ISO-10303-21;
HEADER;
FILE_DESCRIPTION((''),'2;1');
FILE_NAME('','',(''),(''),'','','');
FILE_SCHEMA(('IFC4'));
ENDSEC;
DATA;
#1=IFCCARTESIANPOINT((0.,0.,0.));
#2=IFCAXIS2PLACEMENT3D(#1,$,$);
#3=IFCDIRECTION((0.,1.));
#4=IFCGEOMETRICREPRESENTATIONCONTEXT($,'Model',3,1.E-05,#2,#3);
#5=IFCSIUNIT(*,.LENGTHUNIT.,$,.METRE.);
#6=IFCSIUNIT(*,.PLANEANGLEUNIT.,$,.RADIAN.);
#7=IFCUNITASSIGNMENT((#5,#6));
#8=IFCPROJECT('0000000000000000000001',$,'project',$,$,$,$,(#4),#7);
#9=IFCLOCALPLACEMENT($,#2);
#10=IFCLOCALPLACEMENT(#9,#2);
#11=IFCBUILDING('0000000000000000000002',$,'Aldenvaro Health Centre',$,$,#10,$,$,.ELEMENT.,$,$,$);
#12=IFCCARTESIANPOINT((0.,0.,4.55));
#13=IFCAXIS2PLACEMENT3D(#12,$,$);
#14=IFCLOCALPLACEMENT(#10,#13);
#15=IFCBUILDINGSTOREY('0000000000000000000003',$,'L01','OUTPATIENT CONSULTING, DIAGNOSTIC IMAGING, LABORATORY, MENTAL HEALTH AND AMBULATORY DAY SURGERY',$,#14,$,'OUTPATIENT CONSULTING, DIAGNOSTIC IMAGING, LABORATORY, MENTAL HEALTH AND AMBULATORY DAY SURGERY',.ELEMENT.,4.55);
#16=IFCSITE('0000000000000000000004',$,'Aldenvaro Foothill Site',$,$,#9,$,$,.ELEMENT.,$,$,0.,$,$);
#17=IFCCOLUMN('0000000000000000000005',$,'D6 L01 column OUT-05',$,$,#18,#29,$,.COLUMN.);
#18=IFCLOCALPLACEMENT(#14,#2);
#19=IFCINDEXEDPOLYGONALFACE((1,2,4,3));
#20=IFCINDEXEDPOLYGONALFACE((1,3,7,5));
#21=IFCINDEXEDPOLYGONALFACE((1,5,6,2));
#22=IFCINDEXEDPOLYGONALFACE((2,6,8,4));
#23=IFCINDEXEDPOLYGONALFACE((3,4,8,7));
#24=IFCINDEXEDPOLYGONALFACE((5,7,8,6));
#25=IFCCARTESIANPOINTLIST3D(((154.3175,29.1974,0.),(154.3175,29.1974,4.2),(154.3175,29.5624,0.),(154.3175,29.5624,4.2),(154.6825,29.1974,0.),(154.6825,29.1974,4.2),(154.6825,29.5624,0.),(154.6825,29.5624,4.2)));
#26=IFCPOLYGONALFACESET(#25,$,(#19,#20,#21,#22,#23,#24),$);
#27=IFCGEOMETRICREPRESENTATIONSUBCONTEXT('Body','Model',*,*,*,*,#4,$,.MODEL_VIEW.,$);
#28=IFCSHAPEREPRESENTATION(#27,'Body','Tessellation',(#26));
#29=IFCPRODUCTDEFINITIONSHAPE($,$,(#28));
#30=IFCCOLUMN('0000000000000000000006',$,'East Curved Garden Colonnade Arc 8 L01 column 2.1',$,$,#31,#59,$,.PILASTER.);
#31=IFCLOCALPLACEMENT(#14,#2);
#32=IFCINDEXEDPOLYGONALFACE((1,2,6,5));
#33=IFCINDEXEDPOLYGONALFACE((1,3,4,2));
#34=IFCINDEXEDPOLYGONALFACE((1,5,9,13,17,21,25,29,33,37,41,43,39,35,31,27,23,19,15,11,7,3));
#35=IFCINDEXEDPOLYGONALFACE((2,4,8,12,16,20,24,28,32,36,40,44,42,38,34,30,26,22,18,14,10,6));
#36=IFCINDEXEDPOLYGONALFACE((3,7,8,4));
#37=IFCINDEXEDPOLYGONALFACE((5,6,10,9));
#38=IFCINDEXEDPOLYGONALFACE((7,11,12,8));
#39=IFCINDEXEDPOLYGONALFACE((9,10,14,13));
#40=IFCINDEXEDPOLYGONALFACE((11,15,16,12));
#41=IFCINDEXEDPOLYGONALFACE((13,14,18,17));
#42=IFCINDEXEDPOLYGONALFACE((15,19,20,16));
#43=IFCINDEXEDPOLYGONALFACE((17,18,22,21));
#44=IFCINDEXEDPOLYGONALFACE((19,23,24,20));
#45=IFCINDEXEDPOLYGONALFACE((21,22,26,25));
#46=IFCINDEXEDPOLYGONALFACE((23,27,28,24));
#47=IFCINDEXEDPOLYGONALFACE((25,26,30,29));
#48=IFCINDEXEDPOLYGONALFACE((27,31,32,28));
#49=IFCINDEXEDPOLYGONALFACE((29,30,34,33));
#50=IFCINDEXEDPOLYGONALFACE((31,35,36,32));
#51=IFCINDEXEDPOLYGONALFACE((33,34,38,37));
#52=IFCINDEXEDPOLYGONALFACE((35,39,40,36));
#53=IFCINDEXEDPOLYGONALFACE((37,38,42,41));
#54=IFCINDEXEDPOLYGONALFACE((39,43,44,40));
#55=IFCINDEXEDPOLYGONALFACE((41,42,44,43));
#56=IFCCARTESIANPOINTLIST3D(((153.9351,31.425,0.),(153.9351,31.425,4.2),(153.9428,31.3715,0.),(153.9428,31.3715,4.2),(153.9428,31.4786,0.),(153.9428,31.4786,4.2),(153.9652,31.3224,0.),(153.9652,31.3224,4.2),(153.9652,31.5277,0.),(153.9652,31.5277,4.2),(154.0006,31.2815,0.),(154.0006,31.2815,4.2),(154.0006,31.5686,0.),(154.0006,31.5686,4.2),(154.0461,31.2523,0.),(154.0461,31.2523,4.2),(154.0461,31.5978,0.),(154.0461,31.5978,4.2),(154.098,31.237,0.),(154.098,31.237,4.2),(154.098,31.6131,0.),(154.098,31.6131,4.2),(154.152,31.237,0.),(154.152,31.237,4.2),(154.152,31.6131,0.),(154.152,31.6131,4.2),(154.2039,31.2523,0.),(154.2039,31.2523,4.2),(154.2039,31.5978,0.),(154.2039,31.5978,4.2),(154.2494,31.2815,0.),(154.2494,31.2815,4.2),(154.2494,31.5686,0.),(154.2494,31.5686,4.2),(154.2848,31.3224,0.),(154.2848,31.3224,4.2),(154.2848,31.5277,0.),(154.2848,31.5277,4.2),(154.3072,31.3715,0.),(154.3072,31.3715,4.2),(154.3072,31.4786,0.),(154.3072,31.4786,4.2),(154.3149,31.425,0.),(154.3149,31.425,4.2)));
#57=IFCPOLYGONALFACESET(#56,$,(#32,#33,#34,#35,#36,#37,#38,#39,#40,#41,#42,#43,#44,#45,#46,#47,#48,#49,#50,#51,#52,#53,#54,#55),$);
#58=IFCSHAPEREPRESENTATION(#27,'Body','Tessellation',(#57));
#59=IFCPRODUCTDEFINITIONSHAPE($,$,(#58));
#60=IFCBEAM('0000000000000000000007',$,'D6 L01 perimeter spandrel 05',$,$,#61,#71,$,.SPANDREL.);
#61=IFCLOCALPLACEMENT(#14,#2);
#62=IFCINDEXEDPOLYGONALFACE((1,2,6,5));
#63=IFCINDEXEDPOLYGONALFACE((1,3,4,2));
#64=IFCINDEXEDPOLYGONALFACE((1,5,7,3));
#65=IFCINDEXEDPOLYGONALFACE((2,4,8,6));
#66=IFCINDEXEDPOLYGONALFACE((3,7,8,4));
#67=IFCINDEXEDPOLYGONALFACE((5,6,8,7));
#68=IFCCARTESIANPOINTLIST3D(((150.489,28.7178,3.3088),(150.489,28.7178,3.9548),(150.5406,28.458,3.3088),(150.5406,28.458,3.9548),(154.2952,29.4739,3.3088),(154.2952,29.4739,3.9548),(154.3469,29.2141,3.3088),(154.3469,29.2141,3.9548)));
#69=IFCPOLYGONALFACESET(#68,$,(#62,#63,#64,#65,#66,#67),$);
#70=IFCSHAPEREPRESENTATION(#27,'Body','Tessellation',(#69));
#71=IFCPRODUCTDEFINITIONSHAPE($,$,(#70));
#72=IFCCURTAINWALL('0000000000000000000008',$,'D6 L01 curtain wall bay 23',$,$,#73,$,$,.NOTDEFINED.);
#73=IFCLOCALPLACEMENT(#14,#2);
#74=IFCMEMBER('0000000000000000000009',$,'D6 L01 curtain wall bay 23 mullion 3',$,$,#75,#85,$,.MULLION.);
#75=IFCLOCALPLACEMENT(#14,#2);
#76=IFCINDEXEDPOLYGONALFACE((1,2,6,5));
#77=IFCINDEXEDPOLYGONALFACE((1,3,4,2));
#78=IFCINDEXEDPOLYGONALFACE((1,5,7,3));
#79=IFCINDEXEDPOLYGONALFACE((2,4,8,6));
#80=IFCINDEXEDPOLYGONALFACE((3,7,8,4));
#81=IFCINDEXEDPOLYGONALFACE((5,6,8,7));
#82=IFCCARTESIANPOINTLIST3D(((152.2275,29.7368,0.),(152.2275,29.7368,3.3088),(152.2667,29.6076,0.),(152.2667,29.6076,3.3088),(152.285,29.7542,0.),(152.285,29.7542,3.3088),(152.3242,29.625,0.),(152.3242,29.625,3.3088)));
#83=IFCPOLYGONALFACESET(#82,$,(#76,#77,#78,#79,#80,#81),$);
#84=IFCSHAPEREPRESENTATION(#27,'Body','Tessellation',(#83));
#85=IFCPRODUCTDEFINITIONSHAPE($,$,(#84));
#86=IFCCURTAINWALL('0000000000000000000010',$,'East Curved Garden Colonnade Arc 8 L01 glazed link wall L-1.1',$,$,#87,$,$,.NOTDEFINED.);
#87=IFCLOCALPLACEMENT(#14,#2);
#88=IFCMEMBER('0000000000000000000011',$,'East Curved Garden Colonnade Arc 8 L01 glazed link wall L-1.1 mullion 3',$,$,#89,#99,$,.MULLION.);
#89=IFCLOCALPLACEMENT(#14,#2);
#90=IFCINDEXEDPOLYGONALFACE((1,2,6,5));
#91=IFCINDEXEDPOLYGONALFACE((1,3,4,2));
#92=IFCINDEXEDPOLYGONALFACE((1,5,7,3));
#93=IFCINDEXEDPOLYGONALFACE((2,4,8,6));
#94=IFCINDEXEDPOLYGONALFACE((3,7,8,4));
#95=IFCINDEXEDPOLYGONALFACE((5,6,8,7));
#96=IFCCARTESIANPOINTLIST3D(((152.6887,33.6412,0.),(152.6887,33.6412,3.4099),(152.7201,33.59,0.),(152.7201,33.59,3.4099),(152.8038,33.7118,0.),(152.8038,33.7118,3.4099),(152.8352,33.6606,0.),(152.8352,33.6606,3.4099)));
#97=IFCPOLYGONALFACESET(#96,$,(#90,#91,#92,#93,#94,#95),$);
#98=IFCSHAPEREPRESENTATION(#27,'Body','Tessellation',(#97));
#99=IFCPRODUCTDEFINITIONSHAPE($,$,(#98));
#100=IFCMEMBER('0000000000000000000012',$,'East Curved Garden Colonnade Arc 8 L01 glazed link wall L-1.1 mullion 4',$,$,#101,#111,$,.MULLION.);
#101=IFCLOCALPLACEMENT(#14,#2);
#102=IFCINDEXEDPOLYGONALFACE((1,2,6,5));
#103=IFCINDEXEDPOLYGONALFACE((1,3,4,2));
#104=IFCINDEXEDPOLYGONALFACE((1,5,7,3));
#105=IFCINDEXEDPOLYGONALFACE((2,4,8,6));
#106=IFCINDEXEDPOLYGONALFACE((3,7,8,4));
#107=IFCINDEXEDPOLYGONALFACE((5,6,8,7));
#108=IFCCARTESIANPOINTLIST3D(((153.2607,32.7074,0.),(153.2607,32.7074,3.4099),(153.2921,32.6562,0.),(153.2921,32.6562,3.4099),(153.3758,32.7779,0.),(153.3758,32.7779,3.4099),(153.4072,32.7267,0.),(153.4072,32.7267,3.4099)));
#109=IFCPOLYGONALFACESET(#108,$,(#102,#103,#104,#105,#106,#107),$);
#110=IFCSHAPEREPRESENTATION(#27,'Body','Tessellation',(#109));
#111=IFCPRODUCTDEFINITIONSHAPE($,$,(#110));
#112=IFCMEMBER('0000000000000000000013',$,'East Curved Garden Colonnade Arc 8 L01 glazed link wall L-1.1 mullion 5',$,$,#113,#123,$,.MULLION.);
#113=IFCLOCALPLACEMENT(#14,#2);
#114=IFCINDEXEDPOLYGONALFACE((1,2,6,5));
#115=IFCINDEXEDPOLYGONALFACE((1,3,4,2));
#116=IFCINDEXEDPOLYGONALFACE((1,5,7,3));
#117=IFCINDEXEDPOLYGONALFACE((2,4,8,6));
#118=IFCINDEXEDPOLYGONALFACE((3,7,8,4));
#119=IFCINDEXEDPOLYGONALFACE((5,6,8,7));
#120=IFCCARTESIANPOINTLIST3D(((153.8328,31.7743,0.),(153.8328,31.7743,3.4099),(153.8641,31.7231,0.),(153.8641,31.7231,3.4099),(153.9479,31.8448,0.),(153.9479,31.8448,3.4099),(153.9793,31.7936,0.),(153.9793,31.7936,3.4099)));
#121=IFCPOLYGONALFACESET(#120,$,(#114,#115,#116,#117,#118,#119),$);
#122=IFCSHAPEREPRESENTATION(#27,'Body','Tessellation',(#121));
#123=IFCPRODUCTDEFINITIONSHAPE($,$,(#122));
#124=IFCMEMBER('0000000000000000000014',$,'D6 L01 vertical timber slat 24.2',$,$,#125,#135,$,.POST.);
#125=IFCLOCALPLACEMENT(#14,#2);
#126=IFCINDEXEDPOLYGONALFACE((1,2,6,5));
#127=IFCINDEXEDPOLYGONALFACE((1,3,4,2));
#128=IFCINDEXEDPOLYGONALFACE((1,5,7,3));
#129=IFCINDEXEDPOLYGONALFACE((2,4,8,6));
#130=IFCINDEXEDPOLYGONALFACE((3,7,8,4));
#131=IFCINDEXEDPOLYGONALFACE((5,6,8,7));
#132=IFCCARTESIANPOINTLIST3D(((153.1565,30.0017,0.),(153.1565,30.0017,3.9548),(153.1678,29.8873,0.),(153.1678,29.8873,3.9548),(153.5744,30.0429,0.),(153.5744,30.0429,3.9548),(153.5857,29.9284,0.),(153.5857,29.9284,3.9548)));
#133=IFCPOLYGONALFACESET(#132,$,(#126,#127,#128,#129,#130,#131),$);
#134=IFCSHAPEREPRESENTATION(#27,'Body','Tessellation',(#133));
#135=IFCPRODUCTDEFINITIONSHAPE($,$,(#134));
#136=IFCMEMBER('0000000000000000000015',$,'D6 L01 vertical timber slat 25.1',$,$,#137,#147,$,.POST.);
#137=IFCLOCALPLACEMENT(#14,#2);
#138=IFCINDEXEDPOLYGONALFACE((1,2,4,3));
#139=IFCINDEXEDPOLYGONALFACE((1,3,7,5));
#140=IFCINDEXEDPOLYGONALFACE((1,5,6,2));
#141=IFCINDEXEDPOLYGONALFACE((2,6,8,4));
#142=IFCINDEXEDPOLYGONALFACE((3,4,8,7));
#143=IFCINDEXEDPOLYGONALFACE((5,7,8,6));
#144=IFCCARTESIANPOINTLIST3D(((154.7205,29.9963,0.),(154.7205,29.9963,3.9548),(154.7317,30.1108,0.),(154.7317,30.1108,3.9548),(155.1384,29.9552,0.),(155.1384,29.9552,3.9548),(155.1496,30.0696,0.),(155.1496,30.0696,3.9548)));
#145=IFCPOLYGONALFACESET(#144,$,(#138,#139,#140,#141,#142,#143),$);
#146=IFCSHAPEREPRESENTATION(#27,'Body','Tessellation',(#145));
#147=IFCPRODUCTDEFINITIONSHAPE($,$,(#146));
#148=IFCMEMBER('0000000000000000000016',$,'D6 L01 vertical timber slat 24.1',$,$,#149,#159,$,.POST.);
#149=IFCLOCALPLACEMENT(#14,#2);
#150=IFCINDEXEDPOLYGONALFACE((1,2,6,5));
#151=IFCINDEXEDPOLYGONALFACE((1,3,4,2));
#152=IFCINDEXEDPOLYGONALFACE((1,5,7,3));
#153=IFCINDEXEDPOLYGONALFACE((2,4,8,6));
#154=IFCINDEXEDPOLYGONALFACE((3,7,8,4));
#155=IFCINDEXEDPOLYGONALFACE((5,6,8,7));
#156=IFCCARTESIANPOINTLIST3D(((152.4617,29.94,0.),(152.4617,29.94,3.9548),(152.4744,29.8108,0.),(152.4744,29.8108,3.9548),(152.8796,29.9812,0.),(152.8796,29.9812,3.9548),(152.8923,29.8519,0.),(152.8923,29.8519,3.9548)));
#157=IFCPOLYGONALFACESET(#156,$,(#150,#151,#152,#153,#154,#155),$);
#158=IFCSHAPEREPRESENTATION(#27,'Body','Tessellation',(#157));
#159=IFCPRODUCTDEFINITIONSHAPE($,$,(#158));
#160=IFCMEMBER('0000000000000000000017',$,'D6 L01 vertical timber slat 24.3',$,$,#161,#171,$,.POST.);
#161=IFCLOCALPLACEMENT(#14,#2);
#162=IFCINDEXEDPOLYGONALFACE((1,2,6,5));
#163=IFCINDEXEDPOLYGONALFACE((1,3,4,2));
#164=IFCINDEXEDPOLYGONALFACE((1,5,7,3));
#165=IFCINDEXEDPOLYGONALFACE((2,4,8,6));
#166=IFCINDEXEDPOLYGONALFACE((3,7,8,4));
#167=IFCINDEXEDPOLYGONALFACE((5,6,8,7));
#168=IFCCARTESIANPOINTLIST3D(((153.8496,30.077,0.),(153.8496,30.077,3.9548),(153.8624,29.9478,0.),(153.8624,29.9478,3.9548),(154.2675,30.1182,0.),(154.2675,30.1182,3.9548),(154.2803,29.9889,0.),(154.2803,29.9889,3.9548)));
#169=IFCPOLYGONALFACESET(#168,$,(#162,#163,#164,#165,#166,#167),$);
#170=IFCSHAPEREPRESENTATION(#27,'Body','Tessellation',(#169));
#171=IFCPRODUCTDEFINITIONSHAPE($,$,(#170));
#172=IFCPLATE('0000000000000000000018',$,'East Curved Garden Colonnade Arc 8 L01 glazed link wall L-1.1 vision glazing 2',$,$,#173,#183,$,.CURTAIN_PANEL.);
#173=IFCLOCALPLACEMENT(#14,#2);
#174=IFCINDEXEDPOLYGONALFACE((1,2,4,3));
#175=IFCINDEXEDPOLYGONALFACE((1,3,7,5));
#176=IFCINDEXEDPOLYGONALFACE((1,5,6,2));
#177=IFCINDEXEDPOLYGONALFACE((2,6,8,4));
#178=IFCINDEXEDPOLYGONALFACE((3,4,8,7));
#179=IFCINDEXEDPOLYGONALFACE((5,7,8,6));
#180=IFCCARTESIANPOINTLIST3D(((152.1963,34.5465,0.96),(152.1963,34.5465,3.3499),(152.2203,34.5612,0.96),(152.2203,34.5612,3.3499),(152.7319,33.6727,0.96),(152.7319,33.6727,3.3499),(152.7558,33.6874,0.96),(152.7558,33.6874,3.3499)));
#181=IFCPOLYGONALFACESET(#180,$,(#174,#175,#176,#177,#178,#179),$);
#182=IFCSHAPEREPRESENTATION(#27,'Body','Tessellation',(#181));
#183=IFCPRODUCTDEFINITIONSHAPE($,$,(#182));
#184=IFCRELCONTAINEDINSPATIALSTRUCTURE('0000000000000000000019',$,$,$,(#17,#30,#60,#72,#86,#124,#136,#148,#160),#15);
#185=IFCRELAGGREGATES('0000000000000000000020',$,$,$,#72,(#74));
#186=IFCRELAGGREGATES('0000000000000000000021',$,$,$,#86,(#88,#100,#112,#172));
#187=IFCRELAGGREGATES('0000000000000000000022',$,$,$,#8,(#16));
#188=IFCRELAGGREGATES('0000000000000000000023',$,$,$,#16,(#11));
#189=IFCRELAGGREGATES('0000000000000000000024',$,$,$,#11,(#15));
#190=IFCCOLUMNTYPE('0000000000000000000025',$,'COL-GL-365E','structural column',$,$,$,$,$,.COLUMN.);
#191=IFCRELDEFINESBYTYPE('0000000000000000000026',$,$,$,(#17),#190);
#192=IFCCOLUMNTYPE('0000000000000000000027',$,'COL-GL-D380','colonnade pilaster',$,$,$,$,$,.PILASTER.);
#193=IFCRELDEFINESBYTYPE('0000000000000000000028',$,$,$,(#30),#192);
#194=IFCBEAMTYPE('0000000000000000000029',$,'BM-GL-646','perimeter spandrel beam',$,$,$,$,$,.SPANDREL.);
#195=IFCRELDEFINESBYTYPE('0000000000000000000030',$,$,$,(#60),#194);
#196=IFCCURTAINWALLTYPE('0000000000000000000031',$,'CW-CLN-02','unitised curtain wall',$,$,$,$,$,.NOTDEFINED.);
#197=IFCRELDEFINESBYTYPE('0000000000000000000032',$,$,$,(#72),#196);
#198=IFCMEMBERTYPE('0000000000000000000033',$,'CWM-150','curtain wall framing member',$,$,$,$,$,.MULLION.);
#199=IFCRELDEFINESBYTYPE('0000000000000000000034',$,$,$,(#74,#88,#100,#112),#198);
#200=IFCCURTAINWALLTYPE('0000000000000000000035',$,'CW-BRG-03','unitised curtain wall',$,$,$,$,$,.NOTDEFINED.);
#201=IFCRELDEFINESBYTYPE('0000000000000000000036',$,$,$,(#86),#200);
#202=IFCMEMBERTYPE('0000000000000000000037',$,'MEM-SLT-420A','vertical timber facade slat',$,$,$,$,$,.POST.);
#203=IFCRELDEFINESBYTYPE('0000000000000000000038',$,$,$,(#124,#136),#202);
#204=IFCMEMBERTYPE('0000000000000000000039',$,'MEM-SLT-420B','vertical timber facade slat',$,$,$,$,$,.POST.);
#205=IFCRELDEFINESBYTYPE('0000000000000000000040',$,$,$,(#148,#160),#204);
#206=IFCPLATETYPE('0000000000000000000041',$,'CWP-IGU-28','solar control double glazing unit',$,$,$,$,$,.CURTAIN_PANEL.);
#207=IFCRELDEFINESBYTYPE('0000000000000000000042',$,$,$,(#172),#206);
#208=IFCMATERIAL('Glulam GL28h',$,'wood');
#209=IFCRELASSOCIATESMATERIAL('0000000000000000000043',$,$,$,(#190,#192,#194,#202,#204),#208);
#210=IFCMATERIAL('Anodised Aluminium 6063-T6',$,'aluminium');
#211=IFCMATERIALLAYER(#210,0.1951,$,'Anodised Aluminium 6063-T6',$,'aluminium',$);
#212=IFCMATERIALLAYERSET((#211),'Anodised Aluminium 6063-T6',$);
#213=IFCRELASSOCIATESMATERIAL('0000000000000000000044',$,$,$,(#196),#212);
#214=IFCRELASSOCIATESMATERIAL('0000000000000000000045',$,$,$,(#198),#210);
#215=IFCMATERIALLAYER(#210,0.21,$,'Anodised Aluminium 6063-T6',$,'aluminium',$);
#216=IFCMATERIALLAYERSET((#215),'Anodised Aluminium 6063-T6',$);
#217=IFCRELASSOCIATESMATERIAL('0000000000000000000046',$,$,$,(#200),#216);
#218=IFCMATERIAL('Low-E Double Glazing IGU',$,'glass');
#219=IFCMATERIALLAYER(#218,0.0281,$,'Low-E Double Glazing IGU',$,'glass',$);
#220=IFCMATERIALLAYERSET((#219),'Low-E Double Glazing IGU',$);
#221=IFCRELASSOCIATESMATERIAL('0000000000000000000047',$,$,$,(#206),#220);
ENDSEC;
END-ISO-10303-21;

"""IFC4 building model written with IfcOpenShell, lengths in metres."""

from ifc_helpers import new_model, si_unit, direction, frame, origin, origin_2d, place, context, subcontext, project, spatial, rectangle, circle, extrude, material, layer, layer_set, material_profile, profile_set, type_object, element, aggregate, save


model = new_model("IFC4")

# Units and contexts
model_context = context("Model", 3, precision=1e-05, world=origin(), true_north=direction((0.0, 1.0)))
body_context = subcontext(model_context, "Body", "Model", "MODEL_VIEW")
ifc_project = project(units=[si_unit("LENGTHUNIT", "METRE"), si_unit("PLANEANGLEUNIT", "RADIAN")], contexts=[model_context])

# Site, building, storey
site_placement = place(None, origin())
site = spatial("IfcSite", under=ifc_project, at=site_placement, Name="Aldenvaro Foothill Site", CompositionType="ELEMENT", RefElevation=0.0)
building_placement = place(site_placement, origin())
building = spatial("IfcBuilding", under=site, at=building_placement, Name="Aldenvaro Health Centre", CompositionType="ELEMENT")
storey_placement = place(building_placement, frame((0.0, 0.0, 4.55)))
storey = spatial("IfcBuildingStorey", under=building, at=storey_placement, Name="L01", Description="OUTPATIENT CONSULTING, DIAGNOSTIC IMAGING, LABORATORY, MENTAL HEALTH AND AMBULATORY DAY SURGERY", LongName="OUTPATIENT CONSULTING, DIAGNOSTIC IMAGING, LABORATORY, MENTAL HEALTH AND AMBULATORY DAY SURGERY", CompositionType="ELEMENT", Elevation=4.55)

# Columns
ifc_material_1 = material(Name="Glulam GL28h", Category="wood")
ifc_material_profile_1 = material_profile(ifc_material_1, rectangle(XDim=0.365, YDim=0.365, at=origin_2d()), Name="GL 365x365", Category="wood")
ifc_profile_set_1 = profile_set([ifc_material_profile_1], Name="Glulam GL28h")
column_type_1 = type_object("IfcColumnType", Name="COL-GL-365E", Description="structural column", PredefinedType="COLUMN", material=ifc_profile_set_1)
column_1_placement = place(storey_placement, frame((154.5, 29.3799, 0.0), z_axis=(0.0, 0.0, 1.0), x_axis=(1.0, 0.0, 0.0)))
element("IfcColumn", 1, at=column_1_placement, inside=storey, type_object=column_type_1, Name="D6 L01 column OUT-05", PredefinedType="COLUMN", context=body_context, shape_type="SweptSolid", body=[
    extrude(rectangle(XDim=0.365, YDim=0.365, at=origin_2d()), origin(), (0.0, 0.0, 1.0), 4.2),
])
ifc_material_profile_2 = material_profile(ifc_material_1, circle(Radius=0.1899, at=origin_2d()), Name="GL D380", Category="wood")
ifc_profile_set_2 = profile_set([ifc_material_profile_2], Name="Glulam GL28h")
column_type_2 = type_object("IfcColumnType", Name="COL-GL-D380", Description="colonnade pilaster", PredefinedType="PILASTER", material=ifc_profile_set_2)
column_2_placement = place(storey_placement, frame((154.125, 31.425, 0.0), z_axis=(0.0, 0.0, 1.0), x_axis=(1.0, 0.0, 0.0)))
element("IfcColumn", 2, at=column_2_placement, inside=storey, type_object=column_type_2, Name="East Curved Garden Colonnade Arc 8 L01 column 2.1", PredefinedType="PILASTER", context=body_context, shape_type="SweptSolid", body=[
    extrude(circle(Radius=0.1899, at=origin_2d()), origin(), (0.0, 0.0, 1.0), 4.2),
])

# Beam
ifc_material_profile_3 = material_profile(ifc_material_1, rectangle(XDim=0.2649, YDim=0.646, at=origin_2d()), Name="GL 265x646", Category="wood")
ifc_profile_set_3 = profile_set([ifc_material_profile_3], Name="Glulam GL28h")
beam_type = type_object("IfcBeamType", Name="BM-GL-646", Description="perimeter spandrel beam", PredefinedType="SPANDREL", material=ifc_profile_set_3)
beam_placement = place(storey_placement, frame((154.321, 29.344, 3.6318), z_axis=(-0.980834, -0.194846, 0.0), x_axis=(0.194846, -0.980834, 0.0)))
element("IfcBeam", 3, at=beam_placement, inside=storey, type_object=beam_type, Name="D6 L01 perimeter spandrel 05", PredefinedType="SPANDREL", context=body_context, shape_type="SweptSolid", body=[
    extrude(rectangle(XDim=0.2649, YDim=0.646, at=origin_2d()), origin(), (0.0, 0.0, 1.0), 3.8806),
])

# Curtain wall, member
ifc_material_2 = material(Name="Anodised Aluminium 6063-T6", Category="aluminium")
ifc_layer_1 = layer(ifc_material_2, 0.1951, Name="Anodised Aluminium 6063-T6", Category="aluminium")
ifc_layer_set_1 = layer_set([ifc_layer_1], Name="Anodised Aluminium 6063-T6")
curtain_wall_type_1 = type_object("IfcCurtainWallType", Name="CW-CLN-02", Description="unitised curtain wall", PredefinedType="NOTDEFINED", material=ifc_layer_set_1)
curtain_wall_1_placement = place(storey_placement, origin())
curtain_wall_1 = element("IfcCurtainWall", 4, at=curtain_wall_1_placement, inside=storey, type_object=curtain_wall_type_1, Name="D6 L01 curtain wall bay 23", PredefinedType="NOTDEFINED")
ifc_material_profile_4 = material_profile(ifc_material_2, rectangle(XDim=0.0601, YDim=0.135, at=origin_2d()), Name="ALU 60x135", Category="aluminium")
ifc_profile_set_4 = profile_set([ifc_material_profile_4], Name="Anodised Aluminium 6063-T6")
member_type_1 = type_object("IfcMemberType", Name="CWM-150", Description="curtain wall framing member", PredefinedType="MULLION", material=ifc_profile_set_4)
member_1_placement = place(storey_placement, frame((152.2759, 29.6809, 0.0), z_axis=(0.0, 0.0, 1.0), x_axis=(0.956923, 0.290343, 0.0)))
member_1 = element("IfcMember", 5, at=member_1_placement, type_object=member_type_1, Name="D6 L01 curtain wall bay 23 mullion 3", PredefinedType="MULLION", context=body_context, shape_type="SweptSolid", body=[
    extrude(rectangle(XDim=0.0601, YDim=0.135, at=origin_2d()), origin(), (0.0, 0.0, 1.0), 3.3088),
])
aggregate(curtain_wall_1, [member_1])

# Curtain wall, members
ifc_layer_2 = layer(ifc_material_2, 0.21, Name="Anodised Aluminium 6063-T6", Category="aluminium")
ifc_layer_set_2 = layer_set([ifc_layer_2], Name="Anodised Aluminium 6063-T6")
curtain_wall_type_2 = type_object("IfcCurtainWallType", Name="CW-BRG-03", Description="unitised curtain wall", PredefinedType="NOTDEFINED", material=ifc_layer_set_2)
curtain_wall_2_placement = place(storey_placement, origin())
curtain_wall_2 = element("IfcCurtainWall", 6, at=curtain_wall_2_placement, inside=storey, type_object=curtain_wall_type_2, Name="East Curved Garden Colonnade Arc 8 L01 glazed link wall L-1.1", PredefinedType="NOTDEFINED")
member_2_placement = place(storey_placement, frame((152.762, 33.6509, 0.0), z_axis=(0.0, 0.0, 1.0), x_axis=(0.522567, -0.852598, 0.0)))
member_2 = element("IfcMember", 7, at=member_2_placement, type_object=member_type_1, Name="East Curved Garden Colonnade Arc 8 L01 glazed link wall L-1.1 mullion 3", PredefinedType="MULLION", context=body_context, shape_type="SweptSolid", body=[
    extrude(rectangle(XDim=0.0601, YDim=0.135, at=origin_2d()), origin(), (0.0, 0.0, 1.0), 3.4099),
])
member_3_placement = place(storey_placement, frame((153.334, 32.717, 0.0), z_axis=(0.0, 0.0, 1.0), x_axis=(0.522567, -0.852598, 0.0)))
member_3 = element("IfcMember", 8, at=member_3_placement, type_object=member_type_1, Name="East Curved Garden Colonnade Arc 8 L01 glazed link wall L-1.1 mullion 4", PredefinedType="MULLION", context=body_context, shape_type="SweptSolid", body=[
    extrude(rectangle(XDim=0.0601, YDim=0.135, at=origin_2d()), origin(), (0.0, 0.0, 1.0), 3.4099),
])
member_4_placement = place(storey_placement, frame((153.906, 31.7839, 0.0), z_axis=(0.0, 0.0, 1.0), x_axis=(0.522567, -0.852598, 0.0)))
member_4 = element("IfcMember", 9, at=member_4_placement, type_object=member_type_1, Name="East Curved Garden Colonnade Arc 8 L01 glazed link wall L-1.1 mullion 5", PredefinedType="MULLION", context=body_context, shape_type="SweptSolid", body=[
    extrude(rectangle(XDim=0.0601, YDim=0.135, at=origin_2d()), origin(), (0.0, 0.0, 1.0), 3.4099),
])

# Members
ifc_material_profile_5 = material_profile(ifc_material_1, rectangle(XDim=0.115, YDim=0.4199, at=origin_2d()), Name="GL 115x420", Category="wood")
ifc_profile_set_5 = profile_set([ifc_material_profile_5], Name="Glulam GL28h")
member_type_2 = type_object("IfcMemberType", Name="MEM-SLT-420A", Description="vertical timber facade slat", PredefinedType="POST", material=ifc_profile_set_5)
for number, where, z_axis, x_axis, name in (
    (10, (153.3711, 29.9651, 0.0), (0.0, 0.0, 1.0), (-0.097997, 0.995187, 0.0), "D6 L01 vertical timber slat 24.2"),
    (11, (154.9351, 30.033, 0.0), (0.0, 0.0, 1.0), (0.097997, 0.995187, 0.0), "D6 L01 vertical timber slat 25.1"),
):
    element("IfcMember", number, at=place(storey_placement, frame(where, z_axis=z_axis, x_axis=x_axis)), inside=storey, type_object=member_type_2, Name=name, PredefinedType="POST", context=body_context, shape_type="SweptSolid", body=[
        extrude(rectangle(XDim=0.115, YDim=0.4199, at=origin_2d()), origin(), (0.0, 0.0, 1.0), 3.9548),
    ])
ifc_material_profile_6 = material_profile(ifc_material_1, rectangle(XDim=0.1299, YDim=0.4199, at=origin_2d()), Name="GL 130x420", Category="wood")
ifc_profile_set_6 = profile_set([ifc_material_profile_6], Name="Glulam GL28h")
member_type_3 = type_object("IfcMemberType", Name="MEM-SLT-420B", Description="vertical timber facade slat", PredefinedType="POST", material=ifc_profile_set_6)
for number, where, z_axis, x_axis, name in (
    (12, (152.677, 29.896, 0.0), (0.0, 0.0, 1.0), (-0.097997, 0.995187, 0.0), "D6 L01 vertical timber slat 24.1"),
    (13, (154.0649, 30.033, 0.0), (0.0, 0.0, 1.0), (-0.097997, 0.995187, 0.0), "D6 L01 vertical timber slat 24.3"),
):
    element("IfcMember", number, at=place(storey_placement, frame(where, z_axis=z_axis, x_axis=x_axis)), inside=storey, type_object=member_type_3, Name=name, PredefinedType="POST", context=body_context, shape_type="SweptSolid", body=[
        extrude(rectangle(XDim=0.1299, YDim=0.4199, at=origin_2d()), origin(), (0.0, 0.0, 1.0), 3.9548),
    ])

# Plate
ifc_material_3 = material(Name="Low-E Double Glazing IGU", Category="glass")
ifc_layer_3 = layer(ifc_material_3, 0.0281, Name="Low-E Double Glazing IGU", Category="glass")
ifc_layer_set_3 = layer_set([ifc_layer_3], Name="Low-E Double Glazing IGU")
plate_type_1 = type_object("IfcPlateType", Name="CWP-IGU-28", Description="solar control double glazing unit", PredefinedType="CURTAIN_PANEL", material=ifc_layer_set_3)
plate_1_placement = place(storey_placement, frame((152.4761, 34.1169, 0.96), z_axis=(0.0, 0.0, 1.0), x_axis=(0.522567, -0.852598, 0.0)))
plate_1 = element("IfcPlate", 14, at=plate_1_placement, type_object=plate_type_1, Name="East Curved Garden Colonnade Arc 8 L01 glazed link wall L-1.1 vision glazing 2", PredefinedType="CURTAIN_PANEL", context=body_context, shape_type="SweptSolid", body=[
    extrude(rectangle(XDim=1.0249, YDim=0.0281, at=origin_2d()), origin(), (0.0, 0.0, 1.0), 2.3899),
])
aggregate(curtain_wall_2, [member_2, member_3, member_4, plate_1])

save(model, "model.ifc")
